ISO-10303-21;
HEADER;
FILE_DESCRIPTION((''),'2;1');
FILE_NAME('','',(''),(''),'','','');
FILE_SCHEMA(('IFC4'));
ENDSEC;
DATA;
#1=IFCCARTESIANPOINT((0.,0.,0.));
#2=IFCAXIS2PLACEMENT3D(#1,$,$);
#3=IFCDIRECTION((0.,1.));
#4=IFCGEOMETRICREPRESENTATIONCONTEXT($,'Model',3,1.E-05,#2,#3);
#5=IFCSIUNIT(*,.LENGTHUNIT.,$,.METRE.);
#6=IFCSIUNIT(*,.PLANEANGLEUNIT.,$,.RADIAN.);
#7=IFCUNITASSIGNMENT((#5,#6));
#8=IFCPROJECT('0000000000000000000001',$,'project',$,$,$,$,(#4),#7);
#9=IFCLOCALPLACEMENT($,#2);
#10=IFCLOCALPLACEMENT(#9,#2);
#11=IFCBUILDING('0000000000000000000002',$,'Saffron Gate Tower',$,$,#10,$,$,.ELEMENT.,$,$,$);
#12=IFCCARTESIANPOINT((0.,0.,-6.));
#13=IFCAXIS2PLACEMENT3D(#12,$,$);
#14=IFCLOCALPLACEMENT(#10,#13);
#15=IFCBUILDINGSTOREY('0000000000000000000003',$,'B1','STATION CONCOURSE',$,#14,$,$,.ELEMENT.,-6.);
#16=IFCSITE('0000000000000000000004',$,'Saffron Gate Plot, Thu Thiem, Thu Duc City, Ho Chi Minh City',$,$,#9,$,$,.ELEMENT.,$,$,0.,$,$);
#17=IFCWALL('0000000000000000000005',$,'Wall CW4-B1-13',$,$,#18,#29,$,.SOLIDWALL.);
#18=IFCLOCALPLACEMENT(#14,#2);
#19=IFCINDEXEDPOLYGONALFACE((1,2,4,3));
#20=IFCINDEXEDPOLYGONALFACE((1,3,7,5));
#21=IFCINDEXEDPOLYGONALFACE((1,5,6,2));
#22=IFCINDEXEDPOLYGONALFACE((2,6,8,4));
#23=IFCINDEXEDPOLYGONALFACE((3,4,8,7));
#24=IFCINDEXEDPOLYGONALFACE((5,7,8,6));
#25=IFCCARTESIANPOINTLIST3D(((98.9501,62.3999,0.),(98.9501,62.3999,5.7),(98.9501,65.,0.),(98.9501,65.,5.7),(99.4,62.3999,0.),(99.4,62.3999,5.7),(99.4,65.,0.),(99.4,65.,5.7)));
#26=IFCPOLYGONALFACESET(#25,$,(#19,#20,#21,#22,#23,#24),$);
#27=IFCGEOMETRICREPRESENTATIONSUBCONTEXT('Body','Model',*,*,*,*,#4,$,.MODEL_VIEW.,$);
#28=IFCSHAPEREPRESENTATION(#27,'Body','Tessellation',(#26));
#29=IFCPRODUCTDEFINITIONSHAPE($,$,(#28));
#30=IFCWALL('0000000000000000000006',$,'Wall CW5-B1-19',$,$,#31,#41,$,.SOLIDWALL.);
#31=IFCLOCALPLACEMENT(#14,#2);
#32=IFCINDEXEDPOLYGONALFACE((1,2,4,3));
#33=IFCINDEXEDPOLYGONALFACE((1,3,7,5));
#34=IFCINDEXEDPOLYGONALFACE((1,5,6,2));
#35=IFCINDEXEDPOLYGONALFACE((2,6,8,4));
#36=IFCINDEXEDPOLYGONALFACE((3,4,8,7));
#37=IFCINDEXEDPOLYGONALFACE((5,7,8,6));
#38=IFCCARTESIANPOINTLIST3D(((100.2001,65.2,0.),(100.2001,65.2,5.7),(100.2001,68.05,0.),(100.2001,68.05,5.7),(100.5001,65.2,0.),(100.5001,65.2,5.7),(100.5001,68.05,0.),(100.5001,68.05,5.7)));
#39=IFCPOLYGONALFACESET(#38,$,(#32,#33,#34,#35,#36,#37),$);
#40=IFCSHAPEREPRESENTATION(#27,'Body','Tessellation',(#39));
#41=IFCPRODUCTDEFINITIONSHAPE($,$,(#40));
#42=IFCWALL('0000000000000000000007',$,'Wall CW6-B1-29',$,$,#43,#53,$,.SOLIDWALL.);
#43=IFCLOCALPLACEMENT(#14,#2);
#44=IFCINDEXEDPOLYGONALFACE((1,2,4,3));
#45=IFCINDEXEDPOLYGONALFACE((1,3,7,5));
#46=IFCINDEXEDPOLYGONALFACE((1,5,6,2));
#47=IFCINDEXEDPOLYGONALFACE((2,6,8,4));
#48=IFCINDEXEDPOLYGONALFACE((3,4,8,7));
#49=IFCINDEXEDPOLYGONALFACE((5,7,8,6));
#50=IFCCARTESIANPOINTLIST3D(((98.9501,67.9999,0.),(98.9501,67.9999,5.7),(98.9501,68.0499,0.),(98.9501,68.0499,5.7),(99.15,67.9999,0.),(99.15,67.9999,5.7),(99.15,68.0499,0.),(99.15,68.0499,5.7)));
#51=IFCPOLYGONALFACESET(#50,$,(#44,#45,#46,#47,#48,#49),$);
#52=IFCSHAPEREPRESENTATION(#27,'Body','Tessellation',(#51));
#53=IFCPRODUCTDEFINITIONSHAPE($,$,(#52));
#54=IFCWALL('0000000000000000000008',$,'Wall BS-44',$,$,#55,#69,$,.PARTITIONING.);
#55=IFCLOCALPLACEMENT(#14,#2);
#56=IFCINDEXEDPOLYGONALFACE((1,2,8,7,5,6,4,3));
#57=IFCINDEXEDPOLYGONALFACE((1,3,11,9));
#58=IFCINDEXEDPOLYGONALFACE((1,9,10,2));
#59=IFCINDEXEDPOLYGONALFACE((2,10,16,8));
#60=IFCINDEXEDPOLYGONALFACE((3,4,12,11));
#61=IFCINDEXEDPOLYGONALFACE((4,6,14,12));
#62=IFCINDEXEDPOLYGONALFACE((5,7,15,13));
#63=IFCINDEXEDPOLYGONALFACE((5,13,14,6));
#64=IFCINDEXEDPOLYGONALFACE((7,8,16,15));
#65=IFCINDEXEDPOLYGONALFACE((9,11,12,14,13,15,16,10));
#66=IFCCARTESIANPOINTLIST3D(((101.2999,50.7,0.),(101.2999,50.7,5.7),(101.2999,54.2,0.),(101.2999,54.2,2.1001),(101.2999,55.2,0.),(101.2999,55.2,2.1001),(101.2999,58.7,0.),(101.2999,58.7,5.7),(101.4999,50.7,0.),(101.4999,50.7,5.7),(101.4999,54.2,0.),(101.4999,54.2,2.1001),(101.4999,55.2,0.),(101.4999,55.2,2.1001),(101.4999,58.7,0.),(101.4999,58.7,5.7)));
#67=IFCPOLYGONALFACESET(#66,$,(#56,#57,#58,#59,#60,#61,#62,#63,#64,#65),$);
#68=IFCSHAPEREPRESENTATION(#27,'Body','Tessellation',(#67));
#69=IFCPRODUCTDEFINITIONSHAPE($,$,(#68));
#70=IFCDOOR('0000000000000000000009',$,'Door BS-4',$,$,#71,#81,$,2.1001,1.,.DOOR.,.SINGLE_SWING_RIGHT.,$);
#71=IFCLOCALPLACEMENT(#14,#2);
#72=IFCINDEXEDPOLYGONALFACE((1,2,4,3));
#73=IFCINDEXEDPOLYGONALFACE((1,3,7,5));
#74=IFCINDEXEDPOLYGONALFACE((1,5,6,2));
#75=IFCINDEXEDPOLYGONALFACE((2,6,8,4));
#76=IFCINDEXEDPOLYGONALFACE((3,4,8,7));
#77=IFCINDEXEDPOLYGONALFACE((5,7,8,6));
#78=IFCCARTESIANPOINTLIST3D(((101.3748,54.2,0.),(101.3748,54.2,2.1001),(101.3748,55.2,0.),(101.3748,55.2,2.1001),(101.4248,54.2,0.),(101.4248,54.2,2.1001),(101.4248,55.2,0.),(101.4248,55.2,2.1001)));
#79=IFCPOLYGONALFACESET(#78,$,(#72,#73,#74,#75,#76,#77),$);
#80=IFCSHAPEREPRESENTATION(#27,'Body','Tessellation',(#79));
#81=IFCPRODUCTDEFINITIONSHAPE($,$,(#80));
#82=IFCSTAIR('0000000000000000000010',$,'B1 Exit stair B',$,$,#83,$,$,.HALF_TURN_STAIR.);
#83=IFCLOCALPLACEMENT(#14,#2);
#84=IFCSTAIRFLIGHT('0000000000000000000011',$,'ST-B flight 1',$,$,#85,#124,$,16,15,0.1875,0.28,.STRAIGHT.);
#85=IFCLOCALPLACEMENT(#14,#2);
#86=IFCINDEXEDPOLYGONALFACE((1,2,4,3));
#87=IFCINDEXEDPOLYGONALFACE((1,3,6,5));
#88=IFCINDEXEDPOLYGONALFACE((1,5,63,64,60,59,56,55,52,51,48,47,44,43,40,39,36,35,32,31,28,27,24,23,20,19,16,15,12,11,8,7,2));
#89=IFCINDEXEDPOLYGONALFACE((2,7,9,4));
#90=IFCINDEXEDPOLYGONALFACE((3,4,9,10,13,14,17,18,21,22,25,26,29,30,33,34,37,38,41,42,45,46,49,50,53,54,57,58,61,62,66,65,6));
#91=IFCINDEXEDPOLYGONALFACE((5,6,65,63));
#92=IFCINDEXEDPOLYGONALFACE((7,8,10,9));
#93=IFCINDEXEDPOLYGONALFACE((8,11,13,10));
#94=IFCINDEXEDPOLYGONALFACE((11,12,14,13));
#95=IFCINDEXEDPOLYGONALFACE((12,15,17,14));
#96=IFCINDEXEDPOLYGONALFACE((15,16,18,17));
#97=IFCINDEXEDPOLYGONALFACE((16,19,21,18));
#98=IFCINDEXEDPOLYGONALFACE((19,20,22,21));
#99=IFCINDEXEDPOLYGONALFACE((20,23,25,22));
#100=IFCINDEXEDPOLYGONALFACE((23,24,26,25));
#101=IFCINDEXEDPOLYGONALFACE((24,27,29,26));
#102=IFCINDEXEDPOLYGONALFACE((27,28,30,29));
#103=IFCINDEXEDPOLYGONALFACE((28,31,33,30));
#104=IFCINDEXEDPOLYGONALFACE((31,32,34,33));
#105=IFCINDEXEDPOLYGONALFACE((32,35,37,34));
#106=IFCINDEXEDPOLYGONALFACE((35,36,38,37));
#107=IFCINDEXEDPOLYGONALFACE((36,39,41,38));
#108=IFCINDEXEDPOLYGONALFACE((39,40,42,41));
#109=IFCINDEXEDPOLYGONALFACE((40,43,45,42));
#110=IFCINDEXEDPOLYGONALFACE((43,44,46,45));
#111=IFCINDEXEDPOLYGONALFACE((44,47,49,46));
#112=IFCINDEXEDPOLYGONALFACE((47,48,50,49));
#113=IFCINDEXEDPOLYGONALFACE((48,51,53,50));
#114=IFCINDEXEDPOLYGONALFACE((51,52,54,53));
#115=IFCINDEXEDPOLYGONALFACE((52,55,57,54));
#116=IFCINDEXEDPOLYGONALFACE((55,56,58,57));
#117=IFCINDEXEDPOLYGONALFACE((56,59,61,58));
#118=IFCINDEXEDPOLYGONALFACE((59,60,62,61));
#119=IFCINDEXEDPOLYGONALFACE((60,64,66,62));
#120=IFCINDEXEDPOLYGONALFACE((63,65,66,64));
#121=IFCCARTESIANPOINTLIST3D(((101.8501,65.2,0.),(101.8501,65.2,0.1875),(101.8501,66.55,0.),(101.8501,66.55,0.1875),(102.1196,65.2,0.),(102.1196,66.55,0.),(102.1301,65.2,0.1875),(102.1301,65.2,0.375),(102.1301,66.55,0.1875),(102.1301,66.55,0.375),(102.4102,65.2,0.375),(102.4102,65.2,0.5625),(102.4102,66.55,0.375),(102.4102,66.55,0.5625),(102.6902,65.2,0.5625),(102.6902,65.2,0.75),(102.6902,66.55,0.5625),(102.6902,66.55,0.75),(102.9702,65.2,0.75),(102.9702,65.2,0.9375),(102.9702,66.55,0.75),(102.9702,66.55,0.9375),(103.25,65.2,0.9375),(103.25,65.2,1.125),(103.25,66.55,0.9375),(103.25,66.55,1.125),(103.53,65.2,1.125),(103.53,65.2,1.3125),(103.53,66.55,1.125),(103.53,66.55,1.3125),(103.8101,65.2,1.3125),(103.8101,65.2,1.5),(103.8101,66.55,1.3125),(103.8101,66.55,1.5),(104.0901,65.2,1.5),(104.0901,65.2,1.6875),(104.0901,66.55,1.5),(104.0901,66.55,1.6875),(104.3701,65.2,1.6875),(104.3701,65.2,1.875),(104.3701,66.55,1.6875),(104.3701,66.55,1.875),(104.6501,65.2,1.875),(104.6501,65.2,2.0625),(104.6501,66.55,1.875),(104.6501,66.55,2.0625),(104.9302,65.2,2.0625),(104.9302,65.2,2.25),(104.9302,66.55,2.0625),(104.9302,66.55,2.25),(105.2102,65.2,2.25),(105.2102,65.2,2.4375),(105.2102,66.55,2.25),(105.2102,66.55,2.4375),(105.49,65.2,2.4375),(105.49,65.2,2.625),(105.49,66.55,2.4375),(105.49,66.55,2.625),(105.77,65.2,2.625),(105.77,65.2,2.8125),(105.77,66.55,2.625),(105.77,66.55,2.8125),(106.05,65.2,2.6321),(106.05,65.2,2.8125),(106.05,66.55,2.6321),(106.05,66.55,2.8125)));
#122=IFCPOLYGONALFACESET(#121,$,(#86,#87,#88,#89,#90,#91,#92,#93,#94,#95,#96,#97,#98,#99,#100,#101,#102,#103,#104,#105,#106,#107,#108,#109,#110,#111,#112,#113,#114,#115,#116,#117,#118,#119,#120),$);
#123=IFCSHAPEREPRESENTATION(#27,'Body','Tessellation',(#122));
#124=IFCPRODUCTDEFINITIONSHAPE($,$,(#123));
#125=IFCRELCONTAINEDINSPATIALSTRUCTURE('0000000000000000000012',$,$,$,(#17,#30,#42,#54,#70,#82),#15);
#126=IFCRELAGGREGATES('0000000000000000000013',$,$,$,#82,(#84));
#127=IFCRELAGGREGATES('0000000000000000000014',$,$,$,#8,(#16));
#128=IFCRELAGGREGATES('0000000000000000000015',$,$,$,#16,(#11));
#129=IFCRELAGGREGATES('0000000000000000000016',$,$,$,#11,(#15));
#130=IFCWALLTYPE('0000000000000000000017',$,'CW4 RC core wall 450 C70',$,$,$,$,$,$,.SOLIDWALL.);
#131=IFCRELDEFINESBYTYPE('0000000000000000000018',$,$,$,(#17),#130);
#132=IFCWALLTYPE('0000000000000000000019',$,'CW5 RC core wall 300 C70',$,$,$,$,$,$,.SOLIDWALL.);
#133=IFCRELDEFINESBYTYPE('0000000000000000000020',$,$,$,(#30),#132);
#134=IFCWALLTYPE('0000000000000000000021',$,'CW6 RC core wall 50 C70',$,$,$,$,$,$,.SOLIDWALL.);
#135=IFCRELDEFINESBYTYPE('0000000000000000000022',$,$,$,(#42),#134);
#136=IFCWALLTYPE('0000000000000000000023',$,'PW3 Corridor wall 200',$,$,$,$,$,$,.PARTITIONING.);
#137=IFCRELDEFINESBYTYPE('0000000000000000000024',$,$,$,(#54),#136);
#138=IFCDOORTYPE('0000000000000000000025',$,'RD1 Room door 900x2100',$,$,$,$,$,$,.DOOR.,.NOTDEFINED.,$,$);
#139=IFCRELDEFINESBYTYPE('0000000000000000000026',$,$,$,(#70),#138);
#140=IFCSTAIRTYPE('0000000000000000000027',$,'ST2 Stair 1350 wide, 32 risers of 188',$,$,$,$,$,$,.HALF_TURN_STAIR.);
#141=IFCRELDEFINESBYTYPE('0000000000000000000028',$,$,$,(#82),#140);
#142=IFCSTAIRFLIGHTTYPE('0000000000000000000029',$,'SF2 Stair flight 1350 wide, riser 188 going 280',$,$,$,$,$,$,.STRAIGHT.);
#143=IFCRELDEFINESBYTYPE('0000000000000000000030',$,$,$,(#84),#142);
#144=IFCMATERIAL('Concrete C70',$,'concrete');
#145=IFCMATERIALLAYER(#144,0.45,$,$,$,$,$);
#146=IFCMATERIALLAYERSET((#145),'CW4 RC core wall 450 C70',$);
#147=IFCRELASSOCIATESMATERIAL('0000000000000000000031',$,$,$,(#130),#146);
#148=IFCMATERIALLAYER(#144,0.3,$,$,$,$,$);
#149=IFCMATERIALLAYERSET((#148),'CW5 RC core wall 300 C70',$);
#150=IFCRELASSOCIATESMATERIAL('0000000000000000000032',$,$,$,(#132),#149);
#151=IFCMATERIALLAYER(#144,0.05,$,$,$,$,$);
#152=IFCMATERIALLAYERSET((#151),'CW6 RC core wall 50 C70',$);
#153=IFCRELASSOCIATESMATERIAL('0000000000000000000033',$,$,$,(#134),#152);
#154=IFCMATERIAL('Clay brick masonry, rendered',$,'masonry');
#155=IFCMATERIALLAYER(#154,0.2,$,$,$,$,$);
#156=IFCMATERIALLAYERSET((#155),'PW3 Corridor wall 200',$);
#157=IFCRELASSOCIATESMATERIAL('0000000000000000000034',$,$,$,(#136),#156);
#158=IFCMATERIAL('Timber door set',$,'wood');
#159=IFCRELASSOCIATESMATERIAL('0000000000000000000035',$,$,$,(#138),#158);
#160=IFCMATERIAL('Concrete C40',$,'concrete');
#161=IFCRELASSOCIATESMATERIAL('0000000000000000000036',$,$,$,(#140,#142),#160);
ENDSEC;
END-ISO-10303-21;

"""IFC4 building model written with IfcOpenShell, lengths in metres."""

from ifc_helpers import new_model, si_unit, direction, frame, frame_2d, origin, place, context, subcontext, project, spatial, polyline, rectangle, outline, extrude, material, layer, layer_set, type_object, element, fill, aggregate, save


model = new_model("IFC4")

# Units and contexts
model_context = context("Model", 3, precision=1e-05, world=origin(), true_north=direction((0.0, 1.0)))
body_context = subcontext(model_context, "Body", "Model", "MODEL_VIEW")
ifc_project = project(units=[si_unit("LENGTHUNIT", "METRE"), si_unit("PLANEANGLEUNIT", "RADIAN")], contexts=[model_context])

# Site, building, storey
site_placement = place(None, origin())
site = spatial("IfcSite", under=ifc_project, at=site_placement, Name="Saffron Gate Plot, Thu Thiem, Thu Duc City, Ho Chi Minh City", CompositionType="ELEMENT", RefElevation=0.0)
building_placement = place(site_placement, origin())
building = spatial("IfcBuilding", under=site, at=building_placement, Name="Saffron Gate Tower", CompositionType="ELEMENT")
storey_placement = place(building_placement, frame((0.0, 0.0, -6.0)))
storey = spatial("IfcBuildingStorey", under=building, at=storey_placement, Name="B1", Description="STATION CONCOURSE", CompositionType="ELEMENT", Elevation=-6.0)

# Shared definitions
ifc_material_1 = material(Name="Concrete C40", Category="concrete")

# Shared definitions
ifc_material_2 = material(Name="Concrete C70", Category="concrete")

# Walls
ifc_layer_1 = layer(ifc_material_2, 0.45)
ifc_layer_set_1 = layer_set([ifc_layer_1], Name="CW4 RC core wall 450 C70")
wall_type_1 = type_object("IfcWallType", Name="CW4 RC core wall 450 C70", PredefinedType="SOLIDWALL", material=ifc_layer_set_1)
wall_1_placement = place(storey_placement, frame((99.175, 62.3999, 0.0), z_axis=(0.0, 0.0, 1.0), x_axis=(0.0, 1.0, 0.0)))
element("IfcWall", 1, at=wall_1_placement, inside=storey, type_object=wall_type_1, Name="Wall CW4-B1-13", PredefinedType="SOLIDWALL", context=body_context, shape_type="SweptSolid", body=[
    extrude(rectangle(XDim=2.6001, YDim=0.45, at=frame_2d((1.3, 0.0))), origin(), (0.0, 0.0, 1.0), 5.7),
])
ifc_layer_2 = layer(ifc_material_2, 0.3)
ifc_layer_set_2 = layer_set([ifc_layer_2], Name="CW5 RC core wall 300 C70")
wall_type_2 = type_object("IfcWallType", Name="CW5 RC core wall 300 C70", PredefinedType="SOLIDWALL", material=ifc_layer_set_2)
wall_2_placement = place(storey_placement, frame((100.3501, 65.2, 0.0), z_axis=(0.0, 0.0, 1.0), x_axis=(0.0, 1.0, 0.0)))
element("IfcWall", 2, at=wall_2_placement, inside=storey, type_object=wall_type_2, Name="Wall CW5-B1-19", PredefinedType="SOLIDWALL", context=body_context, shape_type="SweptSolid", body=[
    extrude(rectangle(XDim=2.8501, YDim=0.3, at=frame_2d((1.425, 0.0))), origin(), (0.0, 0.0, 1.0), 5.7),
])
ifc_layer_3 = layer(ifc_material_2, 0.05)
ifc_layer_set_3 = layer_set([ifc_layer_3], Name="CW6 RC core wall 50 C70")
wall_type_3 = type_object("IfcWallType", Name="CW6 RC core wall 50 C70", PredefinedType="SOLIDWALL", material=ifc_layer_set_3)
wall_3_placement = place(storey_placement, frame((98.95, 68.0249, 0.0), z_axis=(0.0, 0.0, 1.0), x_axis=(1.0, 0.0, 0.0)))
element("IfcWall", 3, at=wall_3_placement, inside=storey, type_object=wall_type_3, Name="Wall CW6-B1-29", PredefinedType="SOLIDWALL", context=body_context, shape_type="SweptSolid", body=[
    extrude(rectangle(XDim=0.2, YDim=0.05, at=frame_2d((0.1001, 0.0))), origin(), (0.0, 0.0, 1.0), 5.7),
])

# Wall, opening, door
ifc_material_3 = material(Name="Clay brick masonry, rendered", Category="masonry")
ifc_layer_4 = layer(ifc_material_3, 0.2)
ifc_layer_set_4 = layer_set([ifc_layer_4], Name="PW3 Corridor wall 200")
wall_type_4 = type_object("IfcWallType", Name="PW3 Corridor wall 200", PredefinedType="PARTITIONING", material=ifc_layer_set_4)
wall_4_placement = place(storey_placement, frame((101.3999, 58.7, 0.0), z_axis=(0.0, 0.0, 1.0), x_axis=(0.0, -1.0, 0.0)))
wall_4 = element("IfcWall", 4, at=wall_4_placement, inside=storey, type_object=wall_type_4, Name="Wall BS-44", PredefinedType="PARTITIONING", context=body_context, shape_type="SweptSolid", body=[
    extrude(rectangle(XDim=8.0, YDim=0.2, at=frame_2d((4.0, 0.0))), origin(), (0.0, 0.0, 1.0), 5.7),
])
opening_1_placement = place(wall_4_placement, frame((3.5, 0.0, 0.0)))
opening_1 = element("IfcOpeningElement", 5, at=opening_1_placement, cuts=wall_4, PredefinedType="OPENING", context=body_context, shape_type="SweptSolid", body=[
    extrude(rectangle(XDim=1.0, YDim=2.1001, at=frame_2d((0.5, 1.05))), frame((0.0, 0.1099, 0.0), z_axis=(0.0, -1.0, 0.0), x_axis=(1.0, 0.0, 0.0)), (0.0, 0.0, 1.0), 0.22),
])
ifc_material_4 = material(Name="Timber door set", Category="wood")
door_type_1 = type_object("IfcDoorType", Name="RD1 Room door 900x2100", OperationType="NOTDEFINED", PredefinedType="DOOR", material=ifc_material_4)
door_1_placement = place(opening_1_placement, origin())
door_1 = element("IfcDoor", 6, at=door_1_placement, inside=storey, type_object=door_type_1, Name="Door BS-4", OperationType="SINGLE_SWING_RIGHT", OverallHeight=2.1001, OverallWidth=1.0, PredefinedType="DOOR", context=body_context, shape_type="SweptSolid", body=[
    extrude(rectangle(XDim=1.0, YDim=2.1001, at=frame_2d((0.5, 1.05))), frame((0.0, 0.0249, 0.0), z_axis=(0.0, -1.0, 0.0), x_axis=(1.0, 0.0, 0.0)), (0.0, 0.0, 1.0), 0.05),
])
fill(opening_1, door_1)

# Stair, stair flight
stair_type = type_object("IfcStairType", Name="ST2 Stair 1350 wide, 32 risers of 188", PredefinedType="HALF_TURN_STAIR", material=ifc_material_1)
stair_placement = place(storey_placement, origin())
stair = element("IfcStair", 7, at=stair_placement, inside=storey, type_object=stair_type, Name="B1 Exit stair B", PredefinedType="HALF_TURN_STAIR")
stair_flight_type = type_object("IfcStairFlightType", Name="SF2 Stair flight 1350 wide, riser 188 going 280", PredefinedType="STRAIGHT", material=ifc_material_1)
stair_flight_placement = place(storey_placement, frame((101.8501, 65.875, 0.0), z_axis=(0.0, 0.0, 1.0), x_axis=(1.0, 0.0, 0.0)))
stair_flight = element("IfcStairFlight", 8, at=stair_flight_placement, type_object=stair_flight_type, Name="ST-B flight 1", NumberOfRisers=16, NumberOfTreads=15, PredefinedType="STRAIGHT", RiserHeight=0.1875, TreadLength=0.28, context=body_context, shape_type="SweptSolid", body=[
    extrude(outline(polyline([(0.0, 0.0), (0.0, 0.1875), (0.28, 0.1875), (0.28, 0.375), (0.5601, 0.375), (0.5601, 0.5625), (0.8401, 0.5625), (0.8401, 0.75), (1.1201, 0.75), (1.1201, 0.9375), (1.3999, 0.9375), (1.3999, 1.125), (1.6799, 1.125), (1.6799, 1.3125), (1.96, 1.3125), (1.96, 1.5), (2.24, 1.5), (2.24, 1.6875), (2.52, 1.6875), (2.52, 1.875), (2.8, 1.875), (2.8, 2.0625), (3.0801, 2.0625), (3.0801, 2.25), (3.3601, 2.25), (3.3601, 2.4375), (3.6399, 2.4375), (3.6399, 2.625), (3.9199, 2.625), (3.9199, 2.8125), (4.2, 2.8125), (4.2, 3.0), (4.2, 2.6321), (0.2695, 0.0), (0.0, 0.0)])), frame((0.0, 0.675, 0.0), z_axis=(0.0, -1.0, 0.0), x_axis=(1.0, 0.0, 0.0)), (0.0, 0.0, 1.0), 1.3501),
])
aggregate(stair, [stair_flight])

save(model, "model.ifc")
